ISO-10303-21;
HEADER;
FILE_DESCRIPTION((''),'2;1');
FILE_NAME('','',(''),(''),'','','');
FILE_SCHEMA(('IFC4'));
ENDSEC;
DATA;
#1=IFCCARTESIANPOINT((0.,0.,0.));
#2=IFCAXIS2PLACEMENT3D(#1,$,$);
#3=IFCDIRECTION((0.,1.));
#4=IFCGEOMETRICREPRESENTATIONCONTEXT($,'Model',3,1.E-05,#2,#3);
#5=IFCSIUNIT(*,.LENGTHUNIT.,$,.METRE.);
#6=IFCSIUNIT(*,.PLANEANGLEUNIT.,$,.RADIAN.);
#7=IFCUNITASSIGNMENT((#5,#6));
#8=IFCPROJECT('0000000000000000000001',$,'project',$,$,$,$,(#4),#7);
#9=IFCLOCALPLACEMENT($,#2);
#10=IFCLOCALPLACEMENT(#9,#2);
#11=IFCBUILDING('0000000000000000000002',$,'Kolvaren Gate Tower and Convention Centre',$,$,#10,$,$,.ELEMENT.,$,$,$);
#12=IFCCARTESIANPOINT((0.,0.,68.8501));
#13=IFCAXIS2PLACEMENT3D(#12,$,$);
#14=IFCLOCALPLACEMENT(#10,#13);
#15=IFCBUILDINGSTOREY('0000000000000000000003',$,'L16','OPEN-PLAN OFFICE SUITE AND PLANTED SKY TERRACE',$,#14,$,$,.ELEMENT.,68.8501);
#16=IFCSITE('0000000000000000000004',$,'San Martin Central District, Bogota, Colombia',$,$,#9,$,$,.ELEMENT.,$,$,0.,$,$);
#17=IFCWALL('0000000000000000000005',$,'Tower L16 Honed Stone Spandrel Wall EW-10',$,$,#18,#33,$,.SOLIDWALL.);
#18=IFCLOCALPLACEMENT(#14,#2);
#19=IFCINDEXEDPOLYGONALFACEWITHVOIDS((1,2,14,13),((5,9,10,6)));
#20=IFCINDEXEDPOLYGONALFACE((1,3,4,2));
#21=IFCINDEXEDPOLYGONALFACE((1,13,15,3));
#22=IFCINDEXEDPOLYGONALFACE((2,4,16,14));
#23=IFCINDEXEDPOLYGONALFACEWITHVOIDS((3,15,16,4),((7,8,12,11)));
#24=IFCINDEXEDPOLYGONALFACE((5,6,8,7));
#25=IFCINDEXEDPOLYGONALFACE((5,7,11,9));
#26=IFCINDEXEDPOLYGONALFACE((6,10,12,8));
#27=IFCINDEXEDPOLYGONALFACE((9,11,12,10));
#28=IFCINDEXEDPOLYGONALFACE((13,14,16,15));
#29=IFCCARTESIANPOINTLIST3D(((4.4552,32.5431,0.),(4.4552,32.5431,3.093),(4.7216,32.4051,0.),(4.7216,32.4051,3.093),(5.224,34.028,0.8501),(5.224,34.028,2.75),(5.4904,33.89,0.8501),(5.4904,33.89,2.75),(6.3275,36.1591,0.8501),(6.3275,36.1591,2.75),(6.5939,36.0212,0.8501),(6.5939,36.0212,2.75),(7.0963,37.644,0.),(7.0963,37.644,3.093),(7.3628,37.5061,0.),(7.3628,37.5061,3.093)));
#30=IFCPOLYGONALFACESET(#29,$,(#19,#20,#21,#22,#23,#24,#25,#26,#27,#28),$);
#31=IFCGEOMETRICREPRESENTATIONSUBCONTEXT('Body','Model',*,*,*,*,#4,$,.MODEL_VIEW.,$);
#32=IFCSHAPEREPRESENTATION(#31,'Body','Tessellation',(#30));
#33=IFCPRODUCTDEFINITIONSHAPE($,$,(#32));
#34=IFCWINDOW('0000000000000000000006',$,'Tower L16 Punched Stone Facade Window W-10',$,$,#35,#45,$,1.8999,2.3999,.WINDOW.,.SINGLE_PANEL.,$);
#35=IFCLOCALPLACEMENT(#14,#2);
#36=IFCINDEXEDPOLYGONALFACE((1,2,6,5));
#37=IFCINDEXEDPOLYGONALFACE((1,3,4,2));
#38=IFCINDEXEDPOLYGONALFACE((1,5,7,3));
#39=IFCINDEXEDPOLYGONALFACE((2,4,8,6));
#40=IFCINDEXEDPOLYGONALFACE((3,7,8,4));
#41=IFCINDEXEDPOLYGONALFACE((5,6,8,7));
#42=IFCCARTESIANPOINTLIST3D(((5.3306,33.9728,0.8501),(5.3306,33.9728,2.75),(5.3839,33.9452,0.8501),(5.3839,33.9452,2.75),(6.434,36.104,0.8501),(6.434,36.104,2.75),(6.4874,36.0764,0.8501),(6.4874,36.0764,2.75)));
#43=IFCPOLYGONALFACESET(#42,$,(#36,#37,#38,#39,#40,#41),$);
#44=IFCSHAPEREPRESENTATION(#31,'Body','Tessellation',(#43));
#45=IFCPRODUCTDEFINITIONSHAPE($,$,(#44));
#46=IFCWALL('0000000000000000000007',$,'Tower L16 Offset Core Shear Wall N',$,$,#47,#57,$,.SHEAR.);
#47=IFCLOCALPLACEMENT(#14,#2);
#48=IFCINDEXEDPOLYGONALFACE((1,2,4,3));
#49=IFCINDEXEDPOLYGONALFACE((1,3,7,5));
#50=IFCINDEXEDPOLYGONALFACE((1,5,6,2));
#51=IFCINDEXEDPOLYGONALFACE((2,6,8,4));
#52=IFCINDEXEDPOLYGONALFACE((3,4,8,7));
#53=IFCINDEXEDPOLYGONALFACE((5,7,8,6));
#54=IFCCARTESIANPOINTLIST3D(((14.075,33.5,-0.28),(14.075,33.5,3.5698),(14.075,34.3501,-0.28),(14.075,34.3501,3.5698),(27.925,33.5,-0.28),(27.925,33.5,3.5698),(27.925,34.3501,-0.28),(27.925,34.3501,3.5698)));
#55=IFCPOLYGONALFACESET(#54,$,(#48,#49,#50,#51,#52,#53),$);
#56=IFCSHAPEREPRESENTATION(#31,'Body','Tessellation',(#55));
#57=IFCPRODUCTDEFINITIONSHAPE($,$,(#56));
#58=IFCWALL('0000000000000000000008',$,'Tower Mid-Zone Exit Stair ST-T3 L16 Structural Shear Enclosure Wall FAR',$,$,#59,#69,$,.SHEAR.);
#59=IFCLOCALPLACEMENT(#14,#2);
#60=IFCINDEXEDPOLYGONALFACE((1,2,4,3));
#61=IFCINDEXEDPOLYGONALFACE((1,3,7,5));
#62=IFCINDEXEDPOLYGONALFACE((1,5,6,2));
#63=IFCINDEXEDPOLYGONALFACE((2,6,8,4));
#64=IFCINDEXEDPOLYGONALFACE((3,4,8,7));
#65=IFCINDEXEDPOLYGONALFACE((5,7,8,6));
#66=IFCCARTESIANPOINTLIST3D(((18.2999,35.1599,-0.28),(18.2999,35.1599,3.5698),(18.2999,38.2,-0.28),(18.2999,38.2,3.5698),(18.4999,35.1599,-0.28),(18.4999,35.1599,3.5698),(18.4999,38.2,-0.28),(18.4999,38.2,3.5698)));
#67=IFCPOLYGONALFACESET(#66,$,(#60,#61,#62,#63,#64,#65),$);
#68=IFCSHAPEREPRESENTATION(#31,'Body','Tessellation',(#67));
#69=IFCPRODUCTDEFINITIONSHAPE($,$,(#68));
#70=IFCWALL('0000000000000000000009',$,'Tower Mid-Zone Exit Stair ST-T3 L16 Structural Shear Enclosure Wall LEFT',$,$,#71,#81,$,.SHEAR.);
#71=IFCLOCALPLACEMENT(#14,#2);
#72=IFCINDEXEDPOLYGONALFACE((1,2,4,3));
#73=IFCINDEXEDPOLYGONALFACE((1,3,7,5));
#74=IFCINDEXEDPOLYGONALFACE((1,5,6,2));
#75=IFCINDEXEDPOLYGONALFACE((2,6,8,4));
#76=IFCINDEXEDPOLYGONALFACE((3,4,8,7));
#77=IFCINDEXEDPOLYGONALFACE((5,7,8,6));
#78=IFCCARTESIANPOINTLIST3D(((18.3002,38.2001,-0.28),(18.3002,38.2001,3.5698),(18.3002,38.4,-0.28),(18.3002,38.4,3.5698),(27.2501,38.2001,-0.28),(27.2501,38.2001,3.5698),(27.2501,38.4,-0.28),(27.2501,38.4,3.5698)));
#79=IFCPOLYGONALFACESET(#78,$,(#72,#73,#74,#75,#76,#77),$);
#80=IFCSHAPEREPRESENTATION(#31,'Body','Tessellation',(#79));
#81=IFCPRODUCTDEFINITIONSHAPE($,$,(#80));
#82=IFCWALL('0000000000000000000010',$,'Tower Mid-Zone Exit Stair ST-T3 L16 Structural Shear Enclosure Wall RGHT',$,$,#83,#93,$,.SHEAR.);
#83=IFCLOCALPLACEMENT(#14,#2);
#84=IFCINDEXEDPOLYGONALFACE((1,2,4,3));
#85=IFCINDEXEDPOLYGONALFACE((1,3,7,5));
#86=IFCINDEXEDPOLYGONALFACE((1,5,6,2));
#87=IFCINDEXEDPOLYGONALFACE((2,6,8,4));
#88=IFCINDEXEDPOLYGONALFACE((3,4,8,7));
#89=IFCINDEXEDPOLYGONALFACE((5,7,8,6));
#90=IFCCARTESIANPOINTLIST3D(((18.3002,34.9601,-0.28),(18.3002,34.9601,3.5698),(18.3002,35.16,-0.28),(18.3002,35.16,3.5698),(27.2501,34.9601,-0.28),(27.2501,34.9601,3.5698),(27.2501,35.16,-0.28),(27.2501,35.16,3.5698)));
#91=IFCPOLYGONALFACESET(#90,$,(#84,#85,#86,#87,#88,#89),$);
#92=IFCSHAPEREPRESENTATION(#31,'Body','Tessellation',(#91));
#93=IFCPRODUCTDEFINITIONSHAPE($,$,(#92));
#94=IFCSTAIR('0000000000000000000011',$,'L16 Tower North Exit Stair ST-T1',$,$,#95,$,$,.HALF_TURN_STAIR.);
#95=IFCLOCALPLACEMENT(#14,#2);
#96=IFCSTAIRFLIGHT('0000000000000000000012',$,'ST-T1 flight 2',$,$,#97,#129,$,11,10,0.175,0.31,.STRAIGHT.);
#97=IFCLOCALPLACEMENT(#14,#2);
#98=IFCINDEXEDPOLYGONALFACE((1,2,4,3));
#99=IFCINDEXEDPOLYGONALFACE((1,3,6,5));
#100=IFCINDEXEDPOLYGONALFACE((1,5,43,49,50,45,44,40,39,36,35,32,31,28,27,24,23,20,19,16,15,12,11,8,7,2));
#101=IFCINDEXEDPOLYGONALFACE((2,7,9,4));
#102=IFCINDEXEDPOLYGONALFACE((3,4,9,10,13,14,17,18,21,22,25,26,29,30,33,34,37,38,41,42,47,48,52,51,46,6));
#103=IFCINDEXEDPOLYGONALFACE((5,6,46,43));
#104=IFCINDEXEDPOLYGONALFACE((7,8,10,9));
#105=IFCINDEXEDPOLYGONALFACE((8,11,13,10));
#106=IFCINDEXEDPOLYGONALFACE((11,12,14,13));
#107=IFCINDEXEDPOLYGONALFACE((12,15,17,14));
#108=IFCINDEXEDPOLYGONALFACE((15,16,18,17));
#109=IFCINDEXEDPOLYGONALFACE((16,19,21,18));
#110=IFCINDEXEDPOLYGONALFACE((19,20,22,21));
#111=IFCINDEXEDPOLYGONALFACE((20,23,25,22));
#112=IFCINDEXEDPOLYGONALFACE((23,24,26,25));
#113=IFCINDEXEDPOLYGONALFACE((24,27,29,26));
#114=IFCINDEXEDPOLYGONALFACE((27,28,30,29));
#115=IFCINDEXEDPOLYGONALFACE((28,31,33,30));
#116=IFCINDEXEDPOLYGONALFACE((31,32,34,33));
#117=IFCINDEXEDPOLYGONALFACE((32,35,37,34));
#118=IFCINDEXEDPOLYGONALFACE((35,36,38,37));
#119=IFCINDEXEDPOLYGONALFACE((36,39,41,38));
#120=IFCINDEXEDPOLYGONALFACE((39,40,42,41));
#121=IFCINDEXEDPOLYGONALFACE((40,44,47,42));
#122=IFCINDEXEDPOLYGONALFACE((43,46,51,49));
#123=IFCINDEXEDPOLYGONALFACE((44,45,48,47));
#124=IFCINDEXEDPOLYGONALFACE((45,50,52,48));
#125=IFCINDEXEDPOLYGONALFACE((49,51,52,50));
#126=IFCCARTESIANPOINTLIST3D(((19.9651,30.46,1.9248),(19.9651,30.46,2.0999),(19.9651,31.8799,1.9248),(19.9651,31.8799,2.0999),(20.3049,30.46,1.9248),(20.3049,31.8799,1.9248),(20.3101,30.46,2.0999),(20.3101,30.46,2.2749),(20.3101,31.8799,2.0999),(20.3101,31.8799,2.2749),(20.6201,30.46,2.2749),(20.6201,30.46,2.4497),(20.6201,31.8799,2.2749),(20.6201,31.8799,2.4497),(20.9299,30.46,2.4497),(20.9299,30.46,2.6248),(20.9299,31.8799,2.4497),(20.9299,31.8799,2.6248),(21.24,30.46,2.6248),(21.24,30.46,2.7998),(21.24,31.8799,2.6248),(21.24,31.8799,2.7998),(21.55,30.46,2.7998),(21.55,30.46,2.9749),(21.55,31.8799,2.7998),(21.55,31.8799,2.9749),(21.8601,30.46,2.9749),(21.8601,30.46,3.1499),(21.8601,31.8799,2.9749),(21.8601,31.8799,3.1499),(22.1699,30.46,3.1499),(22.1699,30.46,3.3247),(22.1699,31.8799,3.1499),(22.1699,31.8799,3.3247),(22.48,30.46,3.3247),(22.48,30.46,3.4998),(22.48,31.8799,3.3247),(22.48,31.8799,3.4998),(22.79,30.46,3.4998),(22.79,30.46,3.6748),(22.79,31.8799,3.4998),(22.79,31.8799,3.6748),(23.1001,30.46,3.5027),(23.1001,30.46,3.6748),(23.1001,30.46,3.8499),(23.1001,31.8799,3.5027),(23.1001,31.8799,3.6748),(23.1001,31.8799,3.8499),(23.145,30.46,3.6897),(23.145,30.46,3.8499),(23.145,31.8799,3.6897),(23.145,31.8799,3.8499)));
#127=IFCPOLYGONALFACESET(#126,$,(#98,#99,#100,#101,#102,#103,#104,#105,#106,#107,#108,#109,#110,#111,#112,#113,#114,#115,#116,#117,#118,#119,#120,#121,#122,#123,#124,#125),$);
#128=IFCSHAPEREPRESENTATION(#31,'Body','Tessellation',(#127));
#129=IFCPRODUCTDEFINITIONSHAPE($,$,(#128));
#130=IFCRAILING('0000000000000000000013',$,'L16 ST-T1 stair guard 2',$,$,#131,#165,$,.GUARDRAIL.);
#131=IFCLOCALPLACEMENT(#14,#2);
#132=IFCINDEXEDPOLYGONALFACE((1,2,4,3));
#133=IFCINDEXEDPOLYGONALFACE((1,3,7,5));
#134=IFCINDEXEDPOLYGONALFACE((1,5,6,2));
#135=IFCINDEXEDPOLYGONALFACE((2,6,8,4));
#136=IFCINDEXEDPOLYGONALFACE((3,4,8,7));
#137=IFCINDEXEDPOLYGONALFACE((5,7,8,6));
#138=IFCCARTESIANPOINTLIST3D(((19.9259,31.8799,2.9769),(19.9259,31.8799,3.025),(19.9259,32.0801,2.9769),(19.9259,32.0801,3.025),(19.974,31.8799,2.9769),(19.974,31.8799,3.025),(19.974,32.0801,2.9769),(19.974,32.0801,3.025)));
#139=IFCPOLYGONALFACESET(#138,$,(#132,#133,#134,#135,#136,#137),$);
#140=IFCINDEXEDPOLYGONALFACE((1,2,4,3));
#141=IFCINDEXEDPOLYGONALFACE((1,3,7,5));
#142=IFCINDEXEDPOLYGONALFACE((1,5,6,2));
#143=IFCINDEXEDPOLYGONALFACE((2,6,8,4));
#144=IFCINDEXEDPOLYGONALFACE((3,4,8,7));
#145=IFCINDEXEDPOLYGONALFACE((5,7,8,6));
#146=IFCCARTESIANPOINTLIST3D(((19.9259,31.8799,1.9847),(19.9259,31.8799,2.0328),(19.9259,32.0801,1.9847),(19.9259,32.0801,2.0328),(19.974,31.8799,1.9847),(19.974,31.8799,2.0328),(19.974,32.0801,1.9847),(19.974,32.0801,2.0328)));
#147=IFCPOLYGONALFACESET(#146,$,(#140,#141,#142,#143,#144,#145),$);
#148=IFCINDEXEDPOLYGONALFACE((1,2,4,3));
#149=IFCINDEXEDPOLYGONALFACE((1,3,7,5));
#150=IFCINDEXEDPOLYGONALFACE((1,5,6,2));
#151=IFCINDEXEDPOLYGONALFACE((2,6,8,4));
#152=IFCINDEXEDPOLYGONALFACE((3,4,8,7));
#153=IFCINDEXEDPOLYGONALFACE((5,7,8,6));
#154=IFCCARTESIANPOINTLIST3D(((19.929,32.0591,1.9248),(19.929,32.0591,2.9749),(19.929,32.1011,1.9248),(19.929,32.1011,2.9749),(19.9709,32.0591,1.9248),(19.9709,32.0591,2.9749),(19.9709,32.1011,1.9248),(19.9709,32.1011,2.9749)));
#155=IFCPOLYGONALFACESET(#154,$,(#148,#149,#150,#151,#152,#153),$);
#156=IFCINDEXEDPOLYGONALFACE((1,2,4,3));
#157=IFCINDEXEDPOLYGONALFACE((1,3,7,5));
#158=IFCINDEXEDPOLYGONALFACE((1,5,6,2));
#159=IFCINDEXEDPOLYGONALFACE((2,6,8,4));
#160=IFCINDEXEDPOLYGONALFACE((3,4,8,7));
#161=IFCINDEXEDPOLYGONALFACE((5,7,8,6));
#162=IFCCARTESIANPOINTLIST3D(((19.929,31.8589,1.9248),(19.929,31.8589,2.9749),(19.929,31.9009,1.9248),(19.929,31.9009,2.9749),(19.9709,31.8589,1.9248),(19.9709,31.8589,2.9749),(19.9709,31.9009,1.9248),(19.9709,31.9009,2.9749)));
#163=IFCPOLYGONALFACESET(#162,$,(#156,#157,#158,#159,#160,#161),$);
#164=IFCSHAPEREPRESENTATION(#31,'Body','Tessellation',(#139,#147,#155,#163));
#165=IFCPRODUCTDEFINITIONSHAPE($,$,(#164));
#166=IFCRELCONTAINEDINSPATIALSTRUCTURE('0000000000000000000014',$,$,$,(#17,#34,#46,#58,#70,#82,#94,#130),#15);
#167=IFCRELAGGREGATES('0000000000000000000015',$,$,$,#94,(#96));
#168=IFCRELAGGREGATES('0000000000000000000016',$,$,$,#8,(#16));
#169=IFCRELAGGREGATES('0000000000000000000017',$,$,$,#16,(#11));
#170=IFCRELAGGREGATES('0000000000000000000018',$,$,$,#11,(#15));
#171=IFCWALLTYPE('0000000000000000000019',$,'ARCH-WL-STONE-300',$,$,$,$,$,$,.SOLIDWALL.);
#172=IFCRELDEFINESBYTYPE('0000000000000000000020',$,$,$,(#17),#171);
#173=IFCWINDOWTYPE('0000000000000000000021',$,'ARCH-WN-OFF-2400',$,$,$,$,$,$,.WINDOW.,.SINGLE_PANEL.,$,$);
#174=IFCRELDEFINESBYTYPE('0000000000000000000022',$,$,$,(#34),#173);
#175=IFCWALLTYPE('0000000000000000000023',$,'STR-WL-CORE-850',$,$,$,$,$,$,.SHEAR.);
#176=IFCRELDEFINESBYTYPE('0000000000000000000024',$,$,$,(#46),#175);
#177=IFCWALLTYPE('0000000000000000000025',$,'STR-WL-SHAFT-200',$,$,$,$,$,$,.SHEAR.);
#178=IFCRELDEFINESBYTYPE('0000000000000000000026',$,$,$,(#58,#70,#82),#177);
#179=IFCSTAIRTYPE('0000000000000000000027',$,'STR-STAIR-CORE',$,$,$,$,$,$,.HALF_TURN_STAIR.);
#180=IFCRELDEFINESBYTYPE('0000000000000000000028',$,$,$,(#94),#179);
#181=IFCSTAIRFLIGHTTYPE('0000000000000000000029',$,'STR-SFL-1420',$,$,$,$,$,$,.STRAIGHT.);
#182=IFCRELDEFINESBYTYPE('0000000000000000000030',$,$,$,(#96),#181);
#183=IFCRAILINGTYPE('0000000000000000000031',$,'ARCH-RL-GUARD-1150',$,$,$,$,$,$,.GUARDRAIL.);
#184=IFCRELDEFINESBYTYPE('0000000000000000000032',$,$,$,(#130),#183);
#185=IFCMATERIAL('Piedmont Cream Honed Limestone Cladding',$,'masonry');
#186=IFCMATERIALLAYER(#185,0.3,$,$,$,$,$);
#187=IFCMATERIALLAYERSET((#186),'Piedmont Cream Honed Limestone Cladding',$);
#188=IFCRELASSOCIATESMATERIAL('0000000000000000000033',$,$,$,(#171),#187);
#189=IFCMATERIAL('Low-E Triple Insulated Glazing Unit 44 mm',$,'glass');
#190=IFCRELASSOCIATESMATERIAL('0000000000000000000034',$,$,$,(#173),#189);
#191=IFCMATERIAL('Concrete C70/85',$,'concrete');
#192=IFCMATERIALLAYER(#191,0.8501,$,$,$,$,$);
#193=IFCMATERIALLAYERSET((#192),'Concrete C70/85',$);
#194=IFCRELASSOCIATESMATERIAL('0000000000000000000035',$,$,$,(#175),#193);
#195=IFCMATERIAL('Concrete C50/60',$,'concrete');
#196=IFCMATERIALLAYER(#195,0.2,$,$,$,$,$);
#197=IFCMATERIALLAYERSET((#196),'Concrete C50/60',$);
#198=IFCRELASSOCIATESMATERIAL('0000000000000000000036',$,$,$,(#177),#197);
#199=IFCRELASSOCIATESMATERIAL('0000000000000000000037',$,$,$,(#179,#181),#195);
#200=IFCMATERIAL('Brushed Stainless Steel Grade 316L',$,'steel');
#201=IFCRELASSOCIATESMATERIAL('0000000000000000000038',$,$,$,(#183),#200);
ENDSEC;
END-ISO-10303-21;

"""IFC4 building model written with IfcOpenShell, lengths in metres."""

from ifc_helpers import new_model, si_unit, direction, frame, frame_2d, origin, origin_2d, place, context, subcontext, project, spatial, polyline, rectangle, outline, extrude, material, layer, layer_set, type_object, element, fill, aggregate, save


model = new_model("IFC4")

# Units and contexts
model_context = context("Model", 3, precision=1e-05, world=origin(), true_north=direction((0.0, 1.0)))
body_context = subcontext(model_context, "Body", "Model", "MODEL_VIEW")
ifc_project = project(units=[si_unit("LENGTHUNIT", "METRE"), si_unit("PLANEANGLEUNIT", "RADIAN")], contexts=[model_context])

# Site, building, storey
site_placement = place(None, origin())
site = spatial("IfcSite", under=ifc_project, at=site_placement, Name="San Martin Central District, Bogota, Colombia", CompositionType="ELEMENT", RefElevation=0.0)
building_placement = place(site_placement, origin())
building = spatial("IfcBuilding", under=site, at=building_placement, Name="Kolvaren Gate Tower and Convention Centre", CompositionType="ELEMENT")
storey_placement = place(building_placement, frame((0.0, 0.0, 68.8501)))
storey = spatial("IfcBuildingStorey", under=building, at=storey_placement, Name="L16", Description="OPEN-PLAN OFFICE SUITE AND PLANTED SKY TERRACE", CompositionType="ELEMENT", Elevation=68.8501)

# Shared definitions
ifc_material_1 = material(Name="Concrete C70/85", Category="concrete")

# Shared definitions
ifc_material_2 = material(Name="Piedmont Cream Honed Limestone Cladding", Category="masonry")

# Shared definitions
ifc_layer_1 = layer(ifc_material_2, 0.3)
ifc_layer_set_1 = layer_set([ifc_layer_1], Name="Piedmont Cream Honed Limestone Cladding")
wall_type_1 = type_object("IfcWallType", Name="ARCH-WL-STONE-300", PredefinedType="SOLIDWALL", material=ifc_layer_set_1)
ifc_material_3 = material(Name="Low-E Triple Insulated Glazing Unit 44 mm", Category="glass")
window_type = type_object("IfcWindowType", Name="ARCH-WN-OFF-2400", PartitioningType="SINGLE_PANEL", PredefinedType="WINDOW", material=ifc_material_3)

# Wall, opening, window
wall_1_placement = place(storey_placement, frame((4.5884, 32.4741, 0.0), z_axis=(0.0, 0.0, 1.0), x_axis=(0.459801, 0.888022, 0.0)))
wall_1 = element("IfcWall", 1, at=wall_1_placement, inside=storey, type_object=wall_type_1, Name="Tower L16 Honed Stone Spandrel Wall EW-10", PredefinedType="SOLIDWALL", context=body_context, shape_type="SweptSolid", body=[
    extrude(rectangle(XDim=5.7441, YDim=0.3, at=frame_2d((2.8721, 0.0))), origin(), (0.0, 0.0, 1.0), 3.093),
])
opening_1_placement = place(wall_1_placement, frame((1.6721, 0.0, 0.8501)))
opening_1 = element("IfcOpeningElement", 2, at=opening_1_placement, cuts=wall_1, PredefinedType="OPENING", context=body_context, shape_type="SweptSolid", body=[
    extrude(rectangle(XDim=2.3999, YDim=1.8999, at=frame_2d((1.2, 0.95))), frame((0.0, 0.1599, 0.0), z_axis=(0.0, -1.0, 0.0), x_axis=(1.0, 0.0, 0.0)), (0.0, 0.0, 1.0), 0.3201),
])
window_1_placement = place(opening_1_placement, origin())
window_1 = element("IfcWindow", 3, at=window_1_placement, inside=storey, type_object=window_type, Name="Tower L16 Punched Stone Facade Window W-10", OverallHeight=1.8999, OverallWidth=2.3999, PartitioningType="SINGLE_PANEL", PredefinedType="WINDOW", context=body_context, shape_type="SweptSolid", body=[
    extrude(rectangle(XDim=2.3999, YDim=1.8999, at=frame_2d((1.2, 0.95))), frame((0.0, 0.03, 0.0), z_axis=(0.0, -1.0, 0.0), x_axis=(1.0, 0.0, 0.0)), (0.0, 0.0, 1.0), 0.0601),
])
fill(opening_1, window_1)

# Walls
ifc_layer_2 = layer(ifc_material_1, 0.8501)
ifc_layer_set_2 = layer_set([ifc_layer_2], Name="Concrete C70/85")
wall_type_2 = type_object("IfcWallType", Name="STR-WL-CORE-850", PredefinedType="SHEAR", material=ifc_layer_set_2)
wall_2_placement = place(storey_placement, frame((14.075, 33.925, -0.28), z_axis=(0.0, 0.0, 1.0), x_axis=(1.0, 0.0, 0.0)))
element("IfcWall", 4, at=wall_2_placement, inside=storey, type_object=wall_type_2, Name="Tower L16 Offset Core Shear Wall N", PredefinedType="SHEAR", context=body_context, shape_type="SweptSolid", body=[
    extrude(rectangle(XDim=13.8501, YDim=0.8501, at=frame_2d((6.925, 0.0))), origin(), (0.0, 0.0, 1.0), 3.8499),
])
ifc_material_4 = material(Name="Concrete C50/60", Category="concrete")
ifc_layer_3 = layer(ifc_material_4, 0.2)
ifc_layer_set_3 = layer_set([ifc_layer_3], Name="Concrete C50/60")
wall_type_3 = type_object("IfcWallType", Name="STR-WL-SHAFT-200", PredefinedType="SHEAR", material=ifc_layer_set_3)
wall_3_placement = place(storey_placement, frame((18.3999, 35.1599, -0.28), z_axis=(0.0, 0.0, 1.0), x_axis=(0.0, 1.0, 0.0)))
element("IfcWall", 5, at=wall_3_placement, inside=storey, type_object=wall_type_3, Name="Tower Mid-Zone Exit Stair ST-T3 L16 Structural Shear Enclosure Wall FAR", PredefinedType="SHEAR", context=body_context, shape_type="SweptSolid", body=[
    extrude(rectangle(XDim=3.04, YDim=0.2, at=frame_2d((1.52, 0.0))), origin(), (0.0, 0.0, 1.0), 3.8499),
])
for number, where, z_axis, x_axis, name in (
    (6, (18.3, 38.3, -0.28), (0.0, 0.0, 1.0), (1.0, 0.0, 0.0), "Tower Mid-Zone Exit Stair ST-T3 L16 Structural Shear Enclosure Wall LEFT"),
    (7, (18.3, 35.0601, -0.28), (0.0, 0.0, 1.0), (1.0, 0.0, 0.0), "Tower Mid-Zone Exit Stair ST-T3 L16 Structural Shear Enclosure Wall RGHT"),
):
    element("IfcWall", number, at=place(storey_placement, frame(where, z_axis=z_axis, x_axis=x_axis)), inside=storey, type_object=wall_type_3, Name=name, PredefinedType="SHEAR", context=body_context, shape_type="SweptSolid", body=[
        extrude(rectangle(XDim=8.95, YDim=0.2, at=frame_2d((4.4751, 0.0))), origin(), (0.0, 0.0, 1.0), 3.8499),
    ])

# Stair, stair flight
stair_type = type_object("IfcStairType", Name="STR-STAIR-CORE", PredefinedType="HALF_TURN_STAIR", material=ifc_material_4)
stair_placement = place(storey_placement, origin())
stair = element("IfcStair", 8, at=stair_placement, inside=storey, type_object=stair_type, Name="L16 Tower North Exit Stair ST-T1", PredefinedType="HALF_TURN_STAIR")
stair_flight_type = type_object("IfcStairFlightType", Name="STR-SFL-1420", PredefinedType="STRAIGHT", material=ifc_material_4)
stair_flight_placement = place(storey_placement, frame((20.0, 31.1699, 1.9248), z_axis=(0.0, 0.0, 1.0), x_axis=(1.0, 0.0, 0.0)))
stair_flight = element("IfcStairFlight", 9, at=stair_flight_placement, type_object=stair_flight_type, Name="ST-T1 flight 2", NumberOfRisers=11, NumberOfTreads=10, PredefinedType="STRAIGHT", RiserHeight=0.175, TreadLength=0.31, context=body_context, shape_type="SweptSolid", body=[
    extrude(outline(polyline([(-0.0349, 0.0), (-0.0349, 0.175), (0.3101, 0.175), (0.3101, 0.3501), (0.6201, 0.3501), (0.6201, 0.5249), (0.9299, 0.5249), (0.9299, 0.7), (1.24, 0.7), (1.24, 0.875), (1.55, 0.875), (1.55, 1.05), (1.8601, 1.05), (1.8601, 1.2251), (2.1699, 1.2251), (2.1699, 1.3999), (2.48, 1.3999), (2.48, 1.575), (2.79, 1.575), (2.79, 1.75), (3.1001, 1.75), (3.1001, 1.925), (3.145, 1.925), (3.145, 1.7649), (3.1001, 1.5779), (0.3049, 0.0), (-0.0349, 0.0)])), frame((0.0, 0.71, 0.0), z_axis=(0.0, -1.0, 0.0), x_axis=(1.0, 0.0, 0.0)), (0.0, 0.0, 1.0), 1.4199),
])
aggregate(stair, [stair_flight])

# Railing
ifc_material_5 = material(Name="Brushed Stainless Steel Grade 316L", Category="steel")
railing_type_1 = type_object("IfcRailingType", Name="ARCH-RL-GUARD-1150", PredefinedType="GUARDRAIL", material=ifc_material_5)
railing_1_placement = place(storey_placement, frame((19.95, 32.0801, 1.9248)))
element("IfcRailing", 10, at=railing_1_placement, inside=storey, type_object=railing_type_1, Name="L16 ST-T1 stair guard 2", PredefinedType="GUARDRAIL", context=body_context, shape_type="SweptSolid", body=[
    extrude(rectangle(XDim=0.0481, YDim=0.0481, at=origin_2d()), frame((0.0, 0.0, 1.0762), z_axis=(0.0, -1.0, 0.0), x_axis=(1.0, 0.0, 0.0)), (0.0, 0.0, 1.0), 0.2002),
    extrude(rectangle(XDim=0.0481, YDim=0.0481, at=origin_2d()), frame((0.0, 0.0, 0.084), z_axis=(0.0, -1.0, 0.0), x_axis=(1.0, 0.0, 0.0)), (0.0, 0.0, 1.0), 0.2002),
    extrude(rectangle(XDim=0.042, YDim=0.042, at=origin_2d()), origin(), (0.0, 0.0, 1.0), 1.05),
    extrude(rectangle(XDim=0.042, YDim=0.042, at=origin_2d()), frame((0.0, -0.2002, 0.0)), (0.0, 0.0, 1.0), 1.05),
])

save(model, "model.ifc")
